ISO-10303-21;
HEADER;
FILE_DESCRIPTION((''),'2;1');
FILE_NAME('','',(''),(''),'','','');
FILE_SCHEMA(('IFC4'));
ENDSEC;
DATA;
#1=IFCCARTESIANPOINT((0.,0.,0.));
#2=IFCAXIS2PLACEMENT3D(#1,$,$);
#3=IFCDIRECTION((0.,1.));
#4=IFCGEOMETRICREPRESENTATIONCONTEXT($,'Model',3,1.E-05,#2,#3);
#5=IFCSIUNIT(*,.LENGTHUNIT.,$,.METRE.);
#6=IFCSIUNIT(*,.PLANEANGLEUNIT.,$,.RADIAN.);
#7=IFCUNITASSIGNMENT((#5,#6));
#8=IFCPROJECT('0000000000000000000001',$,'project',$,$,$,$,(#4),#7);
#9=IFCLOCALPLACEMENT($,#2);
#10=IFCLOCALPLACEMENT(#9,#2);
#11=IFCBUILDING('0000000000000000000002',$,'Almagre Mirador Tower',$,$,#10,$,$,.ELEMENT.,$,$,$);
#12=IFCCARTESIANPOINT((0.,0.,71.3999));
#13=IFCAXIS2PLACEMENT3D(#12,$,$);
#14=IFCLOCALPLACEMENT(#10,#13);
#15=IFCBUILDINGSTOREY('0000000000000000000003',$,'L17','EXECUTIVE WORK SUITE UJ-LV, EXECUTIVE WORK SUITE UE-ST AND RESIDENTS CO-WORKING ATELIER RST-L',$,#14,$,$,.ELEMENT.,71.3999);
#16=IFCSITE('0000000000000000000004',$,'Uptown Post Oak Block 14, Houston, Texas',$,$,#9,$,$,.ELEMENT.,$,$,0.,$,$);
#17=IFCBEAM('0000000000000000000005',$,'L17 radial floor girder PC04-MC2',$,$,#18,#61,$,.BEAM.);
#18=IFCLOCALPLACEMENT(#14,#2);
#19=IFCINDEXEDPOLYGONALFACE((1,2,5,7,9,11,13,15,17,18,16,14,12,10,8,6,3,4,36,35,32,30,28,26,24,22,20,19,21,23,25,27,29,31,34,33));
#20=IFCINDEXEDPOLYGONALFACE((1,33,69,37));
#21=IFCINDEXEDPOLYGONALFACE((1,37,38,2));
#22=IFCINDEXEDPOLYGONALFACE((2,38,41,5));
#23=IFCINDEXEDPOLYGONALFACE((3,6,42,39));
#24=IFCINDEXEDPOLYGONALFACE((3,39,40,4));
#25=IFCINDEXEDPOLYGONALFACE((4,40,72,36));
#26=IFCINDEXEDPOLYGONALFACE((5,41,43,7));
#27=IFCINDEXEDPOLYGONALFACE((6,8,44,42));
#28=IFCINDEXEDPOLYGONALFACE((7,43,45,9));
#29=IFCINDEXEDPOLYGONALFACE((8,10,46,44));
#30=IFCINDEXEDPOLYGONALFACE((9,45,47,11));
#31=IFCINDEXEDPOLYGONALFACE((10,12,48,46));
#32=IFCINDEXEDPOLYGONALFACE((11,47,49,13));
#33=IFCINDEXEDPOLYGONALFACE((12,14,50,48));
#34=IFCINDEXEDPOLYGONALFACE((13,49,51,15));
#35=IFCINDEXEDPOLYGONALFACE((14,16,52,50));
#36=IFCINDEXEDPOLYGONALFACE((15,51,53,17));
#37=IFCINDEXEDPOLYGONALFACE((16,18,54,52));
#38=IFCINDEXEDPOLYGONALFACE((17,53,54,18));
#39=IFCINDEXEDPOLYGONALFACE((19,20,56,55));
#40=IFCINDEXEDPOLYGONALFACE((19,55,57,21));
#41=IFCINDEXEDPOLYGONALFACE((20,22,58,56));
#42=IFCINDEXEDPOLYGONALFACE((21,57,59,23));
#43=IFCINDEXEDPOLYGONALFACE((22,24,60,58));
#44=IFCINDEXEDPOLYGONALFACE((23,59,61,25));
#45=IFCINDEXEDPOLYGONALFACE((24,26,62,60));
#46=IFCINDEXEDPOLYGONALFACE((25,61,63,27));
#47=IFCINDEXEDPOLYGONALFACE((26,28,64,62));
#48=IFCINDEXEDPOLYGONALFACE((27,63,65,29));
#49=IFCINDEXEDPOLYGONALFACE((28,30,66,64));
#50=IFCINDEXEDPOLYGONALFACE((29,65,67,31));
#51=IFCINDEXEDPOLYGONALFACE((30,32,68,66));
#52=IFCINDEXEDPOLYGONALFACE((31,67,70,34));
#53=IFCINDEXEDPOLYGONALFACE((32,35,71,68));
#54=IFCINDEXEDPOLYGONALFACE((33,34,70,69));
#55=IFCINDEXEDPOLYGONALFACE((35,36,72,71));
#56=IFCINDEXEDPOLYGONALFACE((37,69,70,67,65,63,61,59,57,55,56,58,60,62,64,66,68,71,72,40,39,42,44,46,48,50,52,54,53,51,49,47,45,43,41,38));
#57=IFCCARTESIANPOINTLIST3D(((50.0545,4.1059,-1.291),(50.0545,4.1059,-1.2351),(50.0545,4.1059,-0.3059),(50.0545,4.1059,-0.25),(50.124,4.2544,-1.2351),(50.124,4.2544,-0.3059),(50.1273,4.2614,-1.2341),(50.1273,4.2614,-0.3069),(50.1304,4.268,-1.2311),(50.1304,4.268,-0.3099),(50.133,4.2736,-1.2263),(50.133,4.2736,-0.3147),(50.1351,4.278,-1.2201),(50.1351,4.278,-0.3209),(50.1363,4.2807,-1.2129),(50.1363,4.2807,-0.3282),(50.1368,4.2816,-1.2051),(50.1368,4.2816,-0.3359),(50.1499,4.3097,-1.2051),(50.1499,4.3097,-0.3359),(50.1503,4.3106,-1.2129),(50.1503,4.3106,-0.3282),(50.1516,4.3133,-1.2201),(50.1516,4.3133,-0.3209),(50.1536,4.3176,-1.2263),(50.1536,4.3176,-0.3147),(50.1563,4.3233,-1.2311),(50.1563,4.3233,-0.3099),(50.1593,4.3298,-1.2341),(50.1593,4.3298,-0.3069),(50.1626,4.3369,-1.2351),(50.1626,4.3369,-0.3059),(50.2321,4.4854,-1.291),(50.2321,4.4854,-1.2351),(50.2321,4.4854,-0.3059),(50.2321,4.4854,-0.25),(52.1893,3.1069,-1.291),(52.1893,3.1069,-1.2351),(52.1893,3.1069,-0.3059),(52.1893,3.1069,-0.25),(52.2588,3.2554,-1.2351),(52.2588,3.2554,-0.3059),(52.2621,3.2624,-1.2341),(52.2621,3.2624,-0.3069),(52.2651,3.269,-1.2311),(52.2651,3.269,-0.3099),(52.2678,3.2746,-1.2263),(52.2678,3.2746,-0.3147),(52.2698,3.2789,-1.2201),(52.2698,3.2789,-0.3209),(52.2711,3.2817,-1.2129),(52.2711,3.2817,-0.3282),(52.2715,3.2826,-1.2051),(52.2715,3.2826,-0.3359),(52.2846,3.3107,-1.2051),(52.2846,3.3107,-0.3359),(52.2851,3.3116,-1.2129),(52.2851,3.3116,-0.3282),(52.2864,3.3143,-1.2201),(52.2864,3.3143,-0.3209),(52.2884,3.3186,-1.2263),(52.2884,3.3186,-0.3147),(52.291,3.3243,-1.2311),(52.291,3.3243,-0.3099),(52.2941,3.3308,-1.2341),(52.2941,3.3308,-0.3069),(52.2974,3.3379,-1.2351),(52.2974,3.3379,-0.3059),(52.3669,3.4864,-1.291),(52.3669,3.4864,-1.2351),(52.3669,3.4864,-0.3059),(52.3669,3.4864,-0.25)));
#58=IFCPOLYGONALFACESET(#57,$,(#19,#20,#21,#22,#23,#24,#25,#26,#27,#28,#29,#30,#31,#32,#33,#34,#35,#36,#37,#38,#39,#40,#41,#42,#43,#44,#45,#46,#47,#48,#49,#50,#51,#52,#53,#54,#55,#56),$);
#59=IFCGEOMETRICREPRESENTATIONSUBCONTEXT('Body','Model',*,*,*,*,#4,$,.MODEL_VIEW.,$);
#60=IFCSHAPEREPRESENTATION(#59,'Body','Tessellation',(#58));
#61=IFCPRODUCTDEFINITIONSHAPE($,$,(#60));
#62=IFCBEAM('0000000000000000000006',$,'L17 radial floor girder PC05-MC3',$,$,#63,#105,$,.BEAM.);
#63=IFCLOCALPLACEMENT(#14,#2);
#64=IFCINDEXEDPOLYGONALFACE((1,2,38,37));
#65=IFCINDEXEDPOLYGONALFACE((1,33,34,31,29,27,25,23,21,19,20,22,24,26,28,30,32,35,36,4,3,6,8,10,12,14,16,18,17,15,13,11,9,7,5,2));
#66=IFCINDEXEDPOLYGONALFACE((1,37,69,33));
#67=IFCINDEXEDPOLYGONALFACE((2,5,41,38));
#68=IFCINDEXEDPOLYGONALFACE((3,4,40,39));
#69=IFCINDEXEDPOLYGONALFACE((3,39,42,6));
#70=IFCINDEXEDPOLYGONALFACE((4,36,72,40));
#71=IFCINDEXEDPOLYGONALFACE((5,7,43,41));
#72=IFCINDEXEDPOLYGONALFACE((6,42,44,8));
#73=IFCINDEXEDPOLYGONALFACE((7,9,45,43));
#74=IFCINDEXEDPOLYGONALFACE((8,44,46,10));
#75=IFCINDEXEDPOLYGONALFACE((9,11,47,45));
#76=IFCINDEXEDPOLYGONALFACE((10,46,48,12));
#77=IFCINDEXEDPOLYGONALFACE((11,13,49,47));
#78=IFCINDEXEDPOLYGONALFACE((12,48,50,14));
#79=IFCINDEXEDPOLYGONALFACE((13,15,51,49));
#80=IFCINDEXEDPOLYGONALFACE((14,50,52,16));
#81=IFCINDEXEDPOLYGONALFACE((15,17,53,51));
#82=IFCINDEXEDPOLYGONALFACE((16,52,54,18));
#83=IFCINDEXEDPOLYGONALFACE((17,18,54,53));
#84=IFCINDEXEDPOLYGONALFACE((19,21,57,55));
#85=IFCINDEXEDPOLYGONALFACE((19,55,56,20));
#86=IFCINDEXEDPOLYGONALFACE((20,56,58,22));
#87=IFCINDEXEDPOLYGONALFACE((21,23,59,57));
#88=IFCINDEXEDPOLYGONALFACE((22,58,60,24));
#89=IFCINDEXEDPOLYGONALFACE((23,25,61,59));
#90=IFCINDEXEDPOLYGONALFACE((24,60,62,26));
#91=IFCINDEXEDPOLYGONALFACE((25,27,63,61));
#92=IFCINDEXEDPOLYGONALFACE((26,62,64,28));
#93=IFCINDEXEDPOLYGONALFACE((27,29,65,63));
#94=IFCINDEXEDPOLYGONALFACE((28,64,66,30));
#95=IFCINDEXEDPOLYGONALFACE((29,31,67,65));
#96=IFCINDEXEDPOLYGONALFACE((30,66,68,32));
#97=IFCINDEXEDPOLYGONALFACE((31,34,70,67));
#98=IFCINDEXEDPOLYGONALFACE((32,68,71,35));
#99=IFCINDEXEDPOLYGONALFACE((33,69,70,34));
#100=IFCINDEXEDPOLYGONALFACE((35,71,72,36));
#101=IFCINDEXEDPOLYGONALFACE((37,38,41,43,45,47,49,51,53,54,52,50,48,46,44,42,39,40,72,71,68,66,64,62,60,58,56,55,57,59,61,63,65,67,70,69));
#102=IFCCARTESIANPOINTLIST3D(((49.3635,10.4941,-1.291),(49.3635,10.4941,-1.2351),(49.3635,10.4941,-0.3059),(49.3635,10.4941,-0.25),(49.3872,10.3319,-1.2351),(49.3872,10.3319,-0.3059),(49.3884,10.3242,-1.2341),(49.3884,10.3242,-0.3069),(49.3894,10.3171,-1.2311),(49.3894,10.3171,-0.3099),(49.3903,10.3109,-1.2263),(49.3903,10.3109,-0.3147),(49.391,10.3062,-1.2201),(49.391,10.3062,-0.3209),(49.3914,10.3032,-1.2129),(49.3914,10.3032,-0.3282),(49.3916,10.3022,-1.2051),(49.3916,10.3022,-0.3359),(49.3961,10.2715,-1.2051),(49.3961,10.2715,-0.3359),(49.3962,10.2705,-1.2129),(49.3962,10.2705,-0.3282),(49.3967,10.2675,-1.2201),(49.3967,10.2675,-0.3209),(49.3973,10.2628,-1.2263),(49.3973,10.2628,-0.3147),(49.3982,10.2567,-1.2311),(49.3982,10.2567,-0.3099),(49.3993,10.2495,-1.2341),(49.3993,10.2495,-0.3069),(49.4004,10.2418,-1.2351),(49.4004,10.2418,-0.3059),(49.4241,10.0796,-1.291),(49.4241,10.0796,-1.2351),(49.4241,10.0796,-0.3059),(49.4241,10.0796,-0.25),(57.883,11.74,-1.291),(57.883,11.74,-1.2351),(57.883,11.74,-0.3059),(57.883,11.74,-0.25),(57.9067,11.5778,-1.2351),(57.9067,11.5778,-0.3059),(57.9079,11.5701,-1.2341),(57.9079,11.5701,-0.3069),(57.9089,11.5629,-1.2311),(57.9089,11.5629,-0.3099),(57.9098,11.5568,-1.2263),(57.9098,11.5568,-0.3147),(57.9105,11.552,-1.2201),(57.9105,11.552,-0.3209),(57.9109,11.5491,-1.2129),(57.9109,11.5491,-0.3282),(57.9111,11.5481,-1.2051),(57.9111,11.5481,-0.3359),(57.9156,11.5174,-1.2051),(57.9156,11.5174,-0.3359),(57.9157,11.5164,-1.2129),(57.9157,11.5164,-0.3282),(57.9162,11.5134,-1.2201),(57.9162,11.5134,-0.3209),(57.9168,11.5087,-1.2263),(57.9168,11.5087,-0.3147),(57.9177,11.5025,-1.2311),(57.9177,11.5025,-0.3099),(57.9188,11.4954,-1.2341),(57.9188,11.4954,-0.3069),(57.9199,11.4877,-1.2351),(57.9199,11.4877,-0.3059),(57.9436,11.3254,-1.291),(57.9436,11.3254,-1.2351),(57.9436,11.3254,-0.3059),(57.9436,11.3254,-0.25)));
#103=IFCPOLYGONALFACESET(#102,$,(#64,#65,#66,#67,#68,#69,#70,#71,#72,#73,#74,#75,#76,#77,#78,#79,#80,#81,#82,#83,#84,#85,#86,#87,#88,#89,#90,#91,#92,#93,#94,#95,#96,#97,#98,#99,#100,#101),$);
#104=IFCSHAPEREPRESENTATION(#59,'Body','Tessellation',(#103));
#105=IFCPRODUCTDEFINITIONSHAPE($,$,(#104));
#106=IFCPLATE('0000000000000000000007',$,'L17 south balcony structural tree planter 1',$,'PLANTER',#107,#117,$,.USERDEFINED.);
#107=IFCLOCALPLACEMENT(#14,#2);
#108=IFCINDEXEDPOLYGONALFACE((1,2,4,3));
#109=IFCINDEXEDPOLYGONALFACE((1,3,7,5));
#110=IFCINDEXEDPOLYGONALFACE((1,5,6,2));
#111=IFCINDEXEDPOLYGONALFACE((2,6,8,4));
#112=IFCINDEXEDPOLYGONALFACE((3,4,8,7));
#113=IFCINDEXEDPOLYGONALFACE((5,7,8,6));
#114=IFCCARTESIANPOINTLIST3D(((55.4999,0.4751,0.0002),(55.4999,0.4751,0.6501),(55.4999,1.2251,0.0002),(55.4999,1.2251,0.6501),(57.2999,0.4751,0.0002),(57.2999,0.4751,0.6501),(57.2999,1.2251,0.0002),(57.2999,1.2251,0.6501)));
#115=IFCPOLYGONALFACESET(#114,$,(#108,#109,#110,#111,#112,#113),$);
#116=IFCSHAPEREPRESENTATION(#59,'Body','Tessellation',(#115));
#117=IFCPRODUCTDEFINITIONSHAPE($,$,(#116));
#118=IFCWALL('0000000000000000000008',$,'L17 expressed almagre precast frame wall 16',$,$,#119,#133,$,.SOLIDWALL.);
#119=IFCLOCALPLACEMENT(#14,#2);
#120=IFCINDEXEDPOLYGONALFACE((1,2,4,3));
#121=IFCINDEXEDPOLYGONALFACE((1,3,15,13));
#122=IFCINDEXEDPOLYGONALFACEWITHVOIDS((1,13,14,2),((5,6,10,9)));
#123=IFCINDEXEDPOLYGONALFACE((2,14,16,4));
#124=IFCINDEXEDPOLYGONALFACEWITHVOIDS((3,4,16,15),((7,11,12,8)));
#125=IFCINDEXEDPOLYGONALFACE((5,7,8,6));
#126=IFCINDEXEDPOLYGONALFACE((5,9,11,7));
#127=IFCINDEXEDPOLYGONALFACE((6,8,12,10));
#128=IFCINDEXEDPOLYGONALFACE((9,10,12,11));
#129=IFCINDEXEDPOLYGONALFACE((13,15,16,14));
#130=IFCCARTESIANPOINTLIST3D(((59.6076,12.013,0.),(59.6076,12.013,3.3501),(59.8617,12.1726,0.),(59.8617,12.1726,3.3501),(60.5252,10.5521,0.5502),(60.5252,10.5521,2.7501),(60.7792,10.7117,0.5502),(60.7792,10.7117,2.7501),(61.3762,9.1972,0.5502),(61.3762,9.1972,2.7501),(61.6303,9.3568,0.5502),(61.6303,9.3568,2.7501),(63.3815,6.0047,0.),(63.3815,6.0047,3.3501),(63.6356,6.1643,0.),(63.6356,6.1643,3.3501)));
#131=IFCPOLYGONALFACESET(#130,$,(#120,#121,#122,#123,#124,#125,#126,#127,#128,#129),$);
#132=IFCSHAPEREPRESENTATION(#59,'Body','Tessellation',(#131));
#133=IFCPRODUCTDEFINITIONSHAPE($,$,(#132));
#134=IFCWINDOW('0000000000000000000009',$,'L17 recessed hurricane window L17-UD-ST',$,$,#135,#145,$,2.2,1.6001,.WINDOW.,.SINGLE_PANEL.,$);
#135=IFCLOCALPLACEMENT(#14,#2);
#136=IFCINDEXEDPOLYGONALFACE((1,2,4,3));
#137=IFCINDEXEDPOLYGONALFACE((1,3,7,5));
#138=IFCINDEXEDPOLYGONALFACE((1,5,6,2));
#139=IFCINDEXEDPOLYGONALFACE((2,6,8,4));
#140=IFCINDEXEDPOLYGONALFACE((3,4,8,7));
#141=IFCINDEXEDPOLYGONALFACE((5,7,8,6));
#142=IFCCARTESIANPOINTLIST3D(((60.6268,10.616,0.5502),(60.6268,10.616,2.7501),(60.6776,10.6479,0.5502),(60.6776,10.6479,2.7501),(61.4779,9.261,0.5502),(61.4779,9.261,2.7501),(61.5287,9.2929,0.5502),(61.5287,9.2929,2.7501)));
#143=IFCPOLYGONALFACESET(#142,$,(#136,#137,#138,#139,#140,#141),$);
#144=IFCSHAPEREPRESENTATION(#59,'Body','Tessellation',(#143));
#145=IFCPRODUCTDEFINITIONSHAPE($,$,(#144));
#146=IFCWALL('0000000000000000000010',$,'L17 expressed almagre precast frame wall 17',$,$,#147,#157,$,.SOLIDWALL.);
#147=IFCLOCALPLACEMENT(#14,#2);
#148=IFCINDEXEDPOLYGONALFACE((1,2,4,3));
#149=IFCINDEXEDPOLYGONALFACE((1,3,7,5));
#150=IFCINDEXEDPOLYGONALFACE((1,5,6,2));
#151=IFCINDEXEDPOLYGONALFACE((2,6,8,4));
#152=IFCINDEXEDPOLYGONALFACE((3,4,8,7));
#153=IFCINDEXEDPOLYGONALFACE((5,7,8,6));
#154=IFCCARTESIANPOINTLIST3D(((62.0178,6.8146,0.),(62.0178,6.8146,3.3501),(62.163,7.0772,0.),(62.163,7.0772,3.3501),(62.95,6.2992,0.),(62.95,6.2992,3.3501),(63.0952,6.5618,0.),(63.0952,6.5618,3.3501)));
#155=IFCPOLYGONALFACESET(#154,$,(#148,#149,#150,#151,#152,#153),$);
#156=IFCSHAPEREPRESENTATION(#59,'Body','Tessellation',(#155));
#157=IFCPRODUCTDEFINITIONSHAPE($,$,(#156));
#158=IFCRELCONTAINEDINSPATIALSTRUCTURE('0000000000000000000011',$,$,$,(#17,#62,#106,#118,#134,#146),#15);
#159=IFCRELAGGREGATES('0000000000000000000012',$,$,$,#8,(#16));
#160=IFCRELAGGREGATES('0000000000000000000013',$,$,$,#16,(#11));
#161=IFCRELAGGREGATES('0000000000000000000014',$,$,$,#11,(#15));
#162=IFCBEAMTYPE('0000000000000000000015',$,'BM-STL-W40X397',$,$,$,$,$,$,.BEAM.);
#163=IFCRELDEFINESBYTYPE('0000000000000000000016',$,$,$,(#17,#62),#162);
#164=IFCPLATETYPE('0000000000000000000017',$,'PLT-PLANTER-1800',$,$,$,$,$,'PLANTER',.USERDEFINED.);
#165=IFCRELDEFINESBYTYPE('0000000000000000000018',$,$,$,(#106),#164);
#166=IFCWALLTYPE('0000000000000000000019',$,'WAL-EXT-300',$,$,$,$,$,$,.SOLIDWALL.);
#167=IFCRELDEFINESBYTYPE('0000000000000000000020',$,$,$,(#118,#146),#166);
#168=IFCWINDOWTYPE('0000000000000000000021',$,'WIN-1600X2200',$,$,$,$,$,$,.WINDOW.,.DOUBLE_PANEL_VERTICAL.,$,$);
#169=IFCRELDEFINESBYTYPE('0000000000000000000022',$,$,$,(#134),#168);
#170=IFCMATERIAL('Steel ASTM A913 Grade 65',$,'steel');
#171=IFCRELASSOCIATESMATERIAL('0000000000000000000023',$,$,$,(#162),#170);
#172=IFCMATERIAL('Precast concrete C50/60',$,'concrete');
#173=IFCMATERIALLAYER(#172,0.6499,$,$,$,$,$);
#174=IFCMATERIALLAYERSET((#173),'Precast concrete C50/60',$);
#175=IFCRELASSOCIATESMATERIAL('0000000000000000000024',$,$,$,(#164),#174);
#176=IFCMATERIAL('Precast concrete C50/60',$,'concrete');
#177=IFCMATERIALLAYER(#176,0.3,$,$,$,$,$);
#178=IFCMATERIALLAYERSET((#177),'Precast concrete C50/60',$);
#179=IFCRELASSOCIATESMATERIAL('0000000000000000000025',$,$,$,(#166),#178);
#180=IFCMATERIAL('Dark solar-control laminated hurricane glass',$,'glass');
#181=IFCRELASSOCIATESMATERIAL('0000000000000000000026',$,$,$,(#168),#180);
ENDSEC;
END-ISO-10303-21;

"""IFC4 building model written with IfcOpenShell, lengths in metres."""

from ifc_helpers import new_model, si_unit, direction, frame, frame_2d, origin, origin_2d, place, context, subcontext, project, spatial, rectangle, i_section, extrude, material, layer, layer_set, material_profile, profile_set, type_object, element, fill, save


model = new_model("IFC4")

# Units and contexts
model_context = context("Model", 3, precision=1e-05, world=origin(), true_north=direction((0.0, 1.0)))
body_context = subcontext(model_context, "Body", "Model", "MODEL_VIEW")
ifc_project = project(units=[si_unit("LENGTHUNIT", "METRE"), si_unit("PLANEANGLEUNIT", "RADIAN")], contexts=[model_context])

# Site, building, storey
site_placement = place(None, origin())
site = spatial("IfcSite", under=ifc_project, at=site_placement, Name="Uptown Post Oak Block 14, Houston, Texas", CompositionType="ELEMENT", RefElevation=0.0)
building_placement = place(site_placement, origin())
building = spatial("IfcBuilding", under=site, at=building_placement, Name="Almagre Mirador Tower", CompositionType="ELEMENT")
storey_placement = place(building_placement, frame((0.0, 0.0, 71.3999)))
storey = spatial("IfcBuildingStorey", under=building, at=storey_placement, Name="L17", Description="EXECUTIVE WORK SUITE UJ-LV, EXECUTIVE WORK SUITE UE-ST AND RESIDENTS CO-WORKING ATELIER RST-L", CompositionType="ELEMENT", Elevation=71.3999)

# Beams
ifc_material_1 = material(Name="Steel ASTM A913 Grade 65", Category="steel")
ifc_material_profile_1 = material_profile(ifc_material_1, i_section(OverallWidth=0.4189, OverallDepth=1.041, WebThickness=0.031, FlangeThickness=0.0559, FilletRadius=0.03, at=origin_2d()), Name="W40X397")
ifc_profile_set_1 = profile_set([ifc_material_profile_1], Name="Steel ASTM A913 Grade 65")
beam_type_1 = type_object("IfcBeamType", Name="BM-STL-W40X397", PredefinedType="BEAM", material=ifc_profile_set_1)
beam_1_placement = place(storey_placement, frame((52.2781, 3.2966, -0.7705), z_axis=(-0.905727, 0.423861, 0.0), x_axis=(-0.423861, -0.905727, 0.0)))
element("IfcBeam", 1, at=beam_1_placement, inside=storey, type_object=beam_type_1, Name="L17 radial floor girder PC04-MC2", PredefinedType="BEAM", context=body_context, shape_type="SweptSolid", body=[
    extrude(i_section(OverallWidth=0.4189, OverallDepth=1.041, WebThickness=0.031, FlangeThickness=0.0559, FilletRadius=0.03, at=origin_2d()), origin(), (0.0, 0.0, 1.0), 2.3569),
])
beam_2_placement = place(storey_placement, frame((57.9133, 11.5327, -0.7705), z_axis=(-0.989476, -0.144696, 0.0), x_axis=(0.144696, -0.989476, 0.0)))
element("IfcBeam", 2, at=beam_2_placement, inside=storey, type_object=beam_type_1, Name="L17 radial floor girder PC05-MC3", PredefinedType="BEAM", context=body_context, shape_type="SweptSolid", body=[
    extrude(i_section(OverallWidth=0.4189, OverallDepth=1.041, WebThickness=0.031, FlangeThickness=0.0559, FilletRadius=0.03, at=origin_2d()), origin(), (0.0, 0.0, 1.0), 8.6101),
])

# Plate
ifc_material_2 = material(Name="Precast concrete C50/60", Category="concrete")
ifc_layer_1 = layer(ifc_material_2, 0.6499)
ifc_layer_set_1 = layer_set([ifc_layer_1], Name="Precast concrete C50/60")
plate_type = type_object("IfcPlateType", Name="PLT-PLANTER-1800", ElementType="PLANTER", PredefinedType="USERDEFINED", material=ifc_layer_set_1)
plate_placement = place(storey_placement, frame((56.3999, 0.8501, 0.0002), z_axis=(0.0, 0.0, 1.0), x_axis=(1.0, 0.0, 0.0)))
element("IfcPlate", 3, at=plate_placement, inside=storey, type_object=plate_type, Name="L17 south balcony structural tree planter 1", ObjectType="PLANTER", PredefinedType="USERDEFINED", context=body_context, shape_type="SweptSolid", body=[
    extrude(rectangle(XDim=1.8, YDim=0.75, at=origin_2d()), origin(), (0.0, 0.0, 1.0), 0.6499),
])

# Wall, opening, window
ifc_material_3 = material(Name="Precast concrete C50/60", Category="concrete")
ifc_layer_2 = layer(ifc_material_3, 0.3)
ifc_layer_set_2 = layer_set([ifc_layer_2], Name="Precast concrete C50/60")
wall_type = type_object("IfcWallType", Name="WAL-EXT-300", PredefinedType="SOLIDWALL", material=ifc_layer_set_2)
wall_1_placement = place(storey_placement, frame((59.7346, 12.0928, 0.0), z_axis=(0.0, 0.0, 1.0), x_axis=(0.531897, -0.846809, 0.0)))
wall_1 = element("IfcWall", 4, at=wall_1_placement, inside=storey, type_object=wall_type, Name="L17 expressed almagre precast frame wall 16", PredefinedType="SOLIDWALL", context=body_context, shape_type="SweptSolid", body=[
    extrude(rectangle(XDim=7.0952, YDim=0.3, at=frame_2d((3.5476, 0.0))), origin(), (0.0, 0.0, 1.0), 3.3501),
])
opening_1_placement = place(wall_1_placement, frame((1.7251, 0.0, 0.55)))
opening_1 = element("IfcOpeningElement", 5, at=opening_1_placement, cuts=wall_1, PredefinedType="OPENING", context=body_context, shape_type="SweptSolid", body=[
    extrude(rectangle(XDim=1.6001, YDim=2.2, at=frame_2d((0.8, 1.1001))), frame((0.0, 0.1599, 0.0), z_axis=(0.0, -1.0, 0.0), x_axis=(1.0, 0.0, 0.0)), (0.0, 0.0, 1.0), 0.32),
])
ifc_material_4 = material(Name="Dark solar-control laminated hurricane glass", Category="glass")
window_type_1 = type_object("IfcWindowType", Name="WIN-1600X2200", PartitioningType="DOUBLE_PANEL_VERTICAL", PredefinedType="WINDOW", material=ifc_material_4)
window_1_placement = place(opening_1_placement, origin())
window_1 = element("IfcWindow", 6, at=window_1_placement, inside=storey, type_object=window_type_1, Name="L17 recessed hurricane window L17-UD-ST", OverallHeight=2.2, OverallWidth=1.6001, PartitioningType="SINGLE_PANEL", PredefinedType="WINDOW", context=body_context, shape_type="SweptSolid", body=[
    extrude(rectangle(XDim=1.6001, YDim=2.2, at=frame_2d((0.8, 1.1001))), frame((0.0, 0.03, 0.0), z_axis=(0.0, -1.0, 0.0), x_axis=(1.0, 0.0, 0.0)), (0.0, 0.0, 1.0), 0.0601),
])
fill(opening_1, window_1)

# Wall
wall_2_placement = place(storey_placement, frame((63.0227, 6.4304, 0.0), z_axis=(0.0, 0.0, 1.0), x_axis=(-0.875139, 0.483871, 0.0)))
element("IfcWall", 7, at=wall_2_placement, inside=storey, type_object=wall_type, Name="L17 expressed almagre precast frame wall 17", PredefinedType="SOLIDWALL", context=body_context, shape_type="SweptSolid", body=[
    extrude(rectangle(XDim=1.0652, YDim=0.3, at=frame_2d((0.5327, 0.0))), origin(), (0.0, 0.0, 1.0), 3.3501),
])

save(model, "model.ifc")
